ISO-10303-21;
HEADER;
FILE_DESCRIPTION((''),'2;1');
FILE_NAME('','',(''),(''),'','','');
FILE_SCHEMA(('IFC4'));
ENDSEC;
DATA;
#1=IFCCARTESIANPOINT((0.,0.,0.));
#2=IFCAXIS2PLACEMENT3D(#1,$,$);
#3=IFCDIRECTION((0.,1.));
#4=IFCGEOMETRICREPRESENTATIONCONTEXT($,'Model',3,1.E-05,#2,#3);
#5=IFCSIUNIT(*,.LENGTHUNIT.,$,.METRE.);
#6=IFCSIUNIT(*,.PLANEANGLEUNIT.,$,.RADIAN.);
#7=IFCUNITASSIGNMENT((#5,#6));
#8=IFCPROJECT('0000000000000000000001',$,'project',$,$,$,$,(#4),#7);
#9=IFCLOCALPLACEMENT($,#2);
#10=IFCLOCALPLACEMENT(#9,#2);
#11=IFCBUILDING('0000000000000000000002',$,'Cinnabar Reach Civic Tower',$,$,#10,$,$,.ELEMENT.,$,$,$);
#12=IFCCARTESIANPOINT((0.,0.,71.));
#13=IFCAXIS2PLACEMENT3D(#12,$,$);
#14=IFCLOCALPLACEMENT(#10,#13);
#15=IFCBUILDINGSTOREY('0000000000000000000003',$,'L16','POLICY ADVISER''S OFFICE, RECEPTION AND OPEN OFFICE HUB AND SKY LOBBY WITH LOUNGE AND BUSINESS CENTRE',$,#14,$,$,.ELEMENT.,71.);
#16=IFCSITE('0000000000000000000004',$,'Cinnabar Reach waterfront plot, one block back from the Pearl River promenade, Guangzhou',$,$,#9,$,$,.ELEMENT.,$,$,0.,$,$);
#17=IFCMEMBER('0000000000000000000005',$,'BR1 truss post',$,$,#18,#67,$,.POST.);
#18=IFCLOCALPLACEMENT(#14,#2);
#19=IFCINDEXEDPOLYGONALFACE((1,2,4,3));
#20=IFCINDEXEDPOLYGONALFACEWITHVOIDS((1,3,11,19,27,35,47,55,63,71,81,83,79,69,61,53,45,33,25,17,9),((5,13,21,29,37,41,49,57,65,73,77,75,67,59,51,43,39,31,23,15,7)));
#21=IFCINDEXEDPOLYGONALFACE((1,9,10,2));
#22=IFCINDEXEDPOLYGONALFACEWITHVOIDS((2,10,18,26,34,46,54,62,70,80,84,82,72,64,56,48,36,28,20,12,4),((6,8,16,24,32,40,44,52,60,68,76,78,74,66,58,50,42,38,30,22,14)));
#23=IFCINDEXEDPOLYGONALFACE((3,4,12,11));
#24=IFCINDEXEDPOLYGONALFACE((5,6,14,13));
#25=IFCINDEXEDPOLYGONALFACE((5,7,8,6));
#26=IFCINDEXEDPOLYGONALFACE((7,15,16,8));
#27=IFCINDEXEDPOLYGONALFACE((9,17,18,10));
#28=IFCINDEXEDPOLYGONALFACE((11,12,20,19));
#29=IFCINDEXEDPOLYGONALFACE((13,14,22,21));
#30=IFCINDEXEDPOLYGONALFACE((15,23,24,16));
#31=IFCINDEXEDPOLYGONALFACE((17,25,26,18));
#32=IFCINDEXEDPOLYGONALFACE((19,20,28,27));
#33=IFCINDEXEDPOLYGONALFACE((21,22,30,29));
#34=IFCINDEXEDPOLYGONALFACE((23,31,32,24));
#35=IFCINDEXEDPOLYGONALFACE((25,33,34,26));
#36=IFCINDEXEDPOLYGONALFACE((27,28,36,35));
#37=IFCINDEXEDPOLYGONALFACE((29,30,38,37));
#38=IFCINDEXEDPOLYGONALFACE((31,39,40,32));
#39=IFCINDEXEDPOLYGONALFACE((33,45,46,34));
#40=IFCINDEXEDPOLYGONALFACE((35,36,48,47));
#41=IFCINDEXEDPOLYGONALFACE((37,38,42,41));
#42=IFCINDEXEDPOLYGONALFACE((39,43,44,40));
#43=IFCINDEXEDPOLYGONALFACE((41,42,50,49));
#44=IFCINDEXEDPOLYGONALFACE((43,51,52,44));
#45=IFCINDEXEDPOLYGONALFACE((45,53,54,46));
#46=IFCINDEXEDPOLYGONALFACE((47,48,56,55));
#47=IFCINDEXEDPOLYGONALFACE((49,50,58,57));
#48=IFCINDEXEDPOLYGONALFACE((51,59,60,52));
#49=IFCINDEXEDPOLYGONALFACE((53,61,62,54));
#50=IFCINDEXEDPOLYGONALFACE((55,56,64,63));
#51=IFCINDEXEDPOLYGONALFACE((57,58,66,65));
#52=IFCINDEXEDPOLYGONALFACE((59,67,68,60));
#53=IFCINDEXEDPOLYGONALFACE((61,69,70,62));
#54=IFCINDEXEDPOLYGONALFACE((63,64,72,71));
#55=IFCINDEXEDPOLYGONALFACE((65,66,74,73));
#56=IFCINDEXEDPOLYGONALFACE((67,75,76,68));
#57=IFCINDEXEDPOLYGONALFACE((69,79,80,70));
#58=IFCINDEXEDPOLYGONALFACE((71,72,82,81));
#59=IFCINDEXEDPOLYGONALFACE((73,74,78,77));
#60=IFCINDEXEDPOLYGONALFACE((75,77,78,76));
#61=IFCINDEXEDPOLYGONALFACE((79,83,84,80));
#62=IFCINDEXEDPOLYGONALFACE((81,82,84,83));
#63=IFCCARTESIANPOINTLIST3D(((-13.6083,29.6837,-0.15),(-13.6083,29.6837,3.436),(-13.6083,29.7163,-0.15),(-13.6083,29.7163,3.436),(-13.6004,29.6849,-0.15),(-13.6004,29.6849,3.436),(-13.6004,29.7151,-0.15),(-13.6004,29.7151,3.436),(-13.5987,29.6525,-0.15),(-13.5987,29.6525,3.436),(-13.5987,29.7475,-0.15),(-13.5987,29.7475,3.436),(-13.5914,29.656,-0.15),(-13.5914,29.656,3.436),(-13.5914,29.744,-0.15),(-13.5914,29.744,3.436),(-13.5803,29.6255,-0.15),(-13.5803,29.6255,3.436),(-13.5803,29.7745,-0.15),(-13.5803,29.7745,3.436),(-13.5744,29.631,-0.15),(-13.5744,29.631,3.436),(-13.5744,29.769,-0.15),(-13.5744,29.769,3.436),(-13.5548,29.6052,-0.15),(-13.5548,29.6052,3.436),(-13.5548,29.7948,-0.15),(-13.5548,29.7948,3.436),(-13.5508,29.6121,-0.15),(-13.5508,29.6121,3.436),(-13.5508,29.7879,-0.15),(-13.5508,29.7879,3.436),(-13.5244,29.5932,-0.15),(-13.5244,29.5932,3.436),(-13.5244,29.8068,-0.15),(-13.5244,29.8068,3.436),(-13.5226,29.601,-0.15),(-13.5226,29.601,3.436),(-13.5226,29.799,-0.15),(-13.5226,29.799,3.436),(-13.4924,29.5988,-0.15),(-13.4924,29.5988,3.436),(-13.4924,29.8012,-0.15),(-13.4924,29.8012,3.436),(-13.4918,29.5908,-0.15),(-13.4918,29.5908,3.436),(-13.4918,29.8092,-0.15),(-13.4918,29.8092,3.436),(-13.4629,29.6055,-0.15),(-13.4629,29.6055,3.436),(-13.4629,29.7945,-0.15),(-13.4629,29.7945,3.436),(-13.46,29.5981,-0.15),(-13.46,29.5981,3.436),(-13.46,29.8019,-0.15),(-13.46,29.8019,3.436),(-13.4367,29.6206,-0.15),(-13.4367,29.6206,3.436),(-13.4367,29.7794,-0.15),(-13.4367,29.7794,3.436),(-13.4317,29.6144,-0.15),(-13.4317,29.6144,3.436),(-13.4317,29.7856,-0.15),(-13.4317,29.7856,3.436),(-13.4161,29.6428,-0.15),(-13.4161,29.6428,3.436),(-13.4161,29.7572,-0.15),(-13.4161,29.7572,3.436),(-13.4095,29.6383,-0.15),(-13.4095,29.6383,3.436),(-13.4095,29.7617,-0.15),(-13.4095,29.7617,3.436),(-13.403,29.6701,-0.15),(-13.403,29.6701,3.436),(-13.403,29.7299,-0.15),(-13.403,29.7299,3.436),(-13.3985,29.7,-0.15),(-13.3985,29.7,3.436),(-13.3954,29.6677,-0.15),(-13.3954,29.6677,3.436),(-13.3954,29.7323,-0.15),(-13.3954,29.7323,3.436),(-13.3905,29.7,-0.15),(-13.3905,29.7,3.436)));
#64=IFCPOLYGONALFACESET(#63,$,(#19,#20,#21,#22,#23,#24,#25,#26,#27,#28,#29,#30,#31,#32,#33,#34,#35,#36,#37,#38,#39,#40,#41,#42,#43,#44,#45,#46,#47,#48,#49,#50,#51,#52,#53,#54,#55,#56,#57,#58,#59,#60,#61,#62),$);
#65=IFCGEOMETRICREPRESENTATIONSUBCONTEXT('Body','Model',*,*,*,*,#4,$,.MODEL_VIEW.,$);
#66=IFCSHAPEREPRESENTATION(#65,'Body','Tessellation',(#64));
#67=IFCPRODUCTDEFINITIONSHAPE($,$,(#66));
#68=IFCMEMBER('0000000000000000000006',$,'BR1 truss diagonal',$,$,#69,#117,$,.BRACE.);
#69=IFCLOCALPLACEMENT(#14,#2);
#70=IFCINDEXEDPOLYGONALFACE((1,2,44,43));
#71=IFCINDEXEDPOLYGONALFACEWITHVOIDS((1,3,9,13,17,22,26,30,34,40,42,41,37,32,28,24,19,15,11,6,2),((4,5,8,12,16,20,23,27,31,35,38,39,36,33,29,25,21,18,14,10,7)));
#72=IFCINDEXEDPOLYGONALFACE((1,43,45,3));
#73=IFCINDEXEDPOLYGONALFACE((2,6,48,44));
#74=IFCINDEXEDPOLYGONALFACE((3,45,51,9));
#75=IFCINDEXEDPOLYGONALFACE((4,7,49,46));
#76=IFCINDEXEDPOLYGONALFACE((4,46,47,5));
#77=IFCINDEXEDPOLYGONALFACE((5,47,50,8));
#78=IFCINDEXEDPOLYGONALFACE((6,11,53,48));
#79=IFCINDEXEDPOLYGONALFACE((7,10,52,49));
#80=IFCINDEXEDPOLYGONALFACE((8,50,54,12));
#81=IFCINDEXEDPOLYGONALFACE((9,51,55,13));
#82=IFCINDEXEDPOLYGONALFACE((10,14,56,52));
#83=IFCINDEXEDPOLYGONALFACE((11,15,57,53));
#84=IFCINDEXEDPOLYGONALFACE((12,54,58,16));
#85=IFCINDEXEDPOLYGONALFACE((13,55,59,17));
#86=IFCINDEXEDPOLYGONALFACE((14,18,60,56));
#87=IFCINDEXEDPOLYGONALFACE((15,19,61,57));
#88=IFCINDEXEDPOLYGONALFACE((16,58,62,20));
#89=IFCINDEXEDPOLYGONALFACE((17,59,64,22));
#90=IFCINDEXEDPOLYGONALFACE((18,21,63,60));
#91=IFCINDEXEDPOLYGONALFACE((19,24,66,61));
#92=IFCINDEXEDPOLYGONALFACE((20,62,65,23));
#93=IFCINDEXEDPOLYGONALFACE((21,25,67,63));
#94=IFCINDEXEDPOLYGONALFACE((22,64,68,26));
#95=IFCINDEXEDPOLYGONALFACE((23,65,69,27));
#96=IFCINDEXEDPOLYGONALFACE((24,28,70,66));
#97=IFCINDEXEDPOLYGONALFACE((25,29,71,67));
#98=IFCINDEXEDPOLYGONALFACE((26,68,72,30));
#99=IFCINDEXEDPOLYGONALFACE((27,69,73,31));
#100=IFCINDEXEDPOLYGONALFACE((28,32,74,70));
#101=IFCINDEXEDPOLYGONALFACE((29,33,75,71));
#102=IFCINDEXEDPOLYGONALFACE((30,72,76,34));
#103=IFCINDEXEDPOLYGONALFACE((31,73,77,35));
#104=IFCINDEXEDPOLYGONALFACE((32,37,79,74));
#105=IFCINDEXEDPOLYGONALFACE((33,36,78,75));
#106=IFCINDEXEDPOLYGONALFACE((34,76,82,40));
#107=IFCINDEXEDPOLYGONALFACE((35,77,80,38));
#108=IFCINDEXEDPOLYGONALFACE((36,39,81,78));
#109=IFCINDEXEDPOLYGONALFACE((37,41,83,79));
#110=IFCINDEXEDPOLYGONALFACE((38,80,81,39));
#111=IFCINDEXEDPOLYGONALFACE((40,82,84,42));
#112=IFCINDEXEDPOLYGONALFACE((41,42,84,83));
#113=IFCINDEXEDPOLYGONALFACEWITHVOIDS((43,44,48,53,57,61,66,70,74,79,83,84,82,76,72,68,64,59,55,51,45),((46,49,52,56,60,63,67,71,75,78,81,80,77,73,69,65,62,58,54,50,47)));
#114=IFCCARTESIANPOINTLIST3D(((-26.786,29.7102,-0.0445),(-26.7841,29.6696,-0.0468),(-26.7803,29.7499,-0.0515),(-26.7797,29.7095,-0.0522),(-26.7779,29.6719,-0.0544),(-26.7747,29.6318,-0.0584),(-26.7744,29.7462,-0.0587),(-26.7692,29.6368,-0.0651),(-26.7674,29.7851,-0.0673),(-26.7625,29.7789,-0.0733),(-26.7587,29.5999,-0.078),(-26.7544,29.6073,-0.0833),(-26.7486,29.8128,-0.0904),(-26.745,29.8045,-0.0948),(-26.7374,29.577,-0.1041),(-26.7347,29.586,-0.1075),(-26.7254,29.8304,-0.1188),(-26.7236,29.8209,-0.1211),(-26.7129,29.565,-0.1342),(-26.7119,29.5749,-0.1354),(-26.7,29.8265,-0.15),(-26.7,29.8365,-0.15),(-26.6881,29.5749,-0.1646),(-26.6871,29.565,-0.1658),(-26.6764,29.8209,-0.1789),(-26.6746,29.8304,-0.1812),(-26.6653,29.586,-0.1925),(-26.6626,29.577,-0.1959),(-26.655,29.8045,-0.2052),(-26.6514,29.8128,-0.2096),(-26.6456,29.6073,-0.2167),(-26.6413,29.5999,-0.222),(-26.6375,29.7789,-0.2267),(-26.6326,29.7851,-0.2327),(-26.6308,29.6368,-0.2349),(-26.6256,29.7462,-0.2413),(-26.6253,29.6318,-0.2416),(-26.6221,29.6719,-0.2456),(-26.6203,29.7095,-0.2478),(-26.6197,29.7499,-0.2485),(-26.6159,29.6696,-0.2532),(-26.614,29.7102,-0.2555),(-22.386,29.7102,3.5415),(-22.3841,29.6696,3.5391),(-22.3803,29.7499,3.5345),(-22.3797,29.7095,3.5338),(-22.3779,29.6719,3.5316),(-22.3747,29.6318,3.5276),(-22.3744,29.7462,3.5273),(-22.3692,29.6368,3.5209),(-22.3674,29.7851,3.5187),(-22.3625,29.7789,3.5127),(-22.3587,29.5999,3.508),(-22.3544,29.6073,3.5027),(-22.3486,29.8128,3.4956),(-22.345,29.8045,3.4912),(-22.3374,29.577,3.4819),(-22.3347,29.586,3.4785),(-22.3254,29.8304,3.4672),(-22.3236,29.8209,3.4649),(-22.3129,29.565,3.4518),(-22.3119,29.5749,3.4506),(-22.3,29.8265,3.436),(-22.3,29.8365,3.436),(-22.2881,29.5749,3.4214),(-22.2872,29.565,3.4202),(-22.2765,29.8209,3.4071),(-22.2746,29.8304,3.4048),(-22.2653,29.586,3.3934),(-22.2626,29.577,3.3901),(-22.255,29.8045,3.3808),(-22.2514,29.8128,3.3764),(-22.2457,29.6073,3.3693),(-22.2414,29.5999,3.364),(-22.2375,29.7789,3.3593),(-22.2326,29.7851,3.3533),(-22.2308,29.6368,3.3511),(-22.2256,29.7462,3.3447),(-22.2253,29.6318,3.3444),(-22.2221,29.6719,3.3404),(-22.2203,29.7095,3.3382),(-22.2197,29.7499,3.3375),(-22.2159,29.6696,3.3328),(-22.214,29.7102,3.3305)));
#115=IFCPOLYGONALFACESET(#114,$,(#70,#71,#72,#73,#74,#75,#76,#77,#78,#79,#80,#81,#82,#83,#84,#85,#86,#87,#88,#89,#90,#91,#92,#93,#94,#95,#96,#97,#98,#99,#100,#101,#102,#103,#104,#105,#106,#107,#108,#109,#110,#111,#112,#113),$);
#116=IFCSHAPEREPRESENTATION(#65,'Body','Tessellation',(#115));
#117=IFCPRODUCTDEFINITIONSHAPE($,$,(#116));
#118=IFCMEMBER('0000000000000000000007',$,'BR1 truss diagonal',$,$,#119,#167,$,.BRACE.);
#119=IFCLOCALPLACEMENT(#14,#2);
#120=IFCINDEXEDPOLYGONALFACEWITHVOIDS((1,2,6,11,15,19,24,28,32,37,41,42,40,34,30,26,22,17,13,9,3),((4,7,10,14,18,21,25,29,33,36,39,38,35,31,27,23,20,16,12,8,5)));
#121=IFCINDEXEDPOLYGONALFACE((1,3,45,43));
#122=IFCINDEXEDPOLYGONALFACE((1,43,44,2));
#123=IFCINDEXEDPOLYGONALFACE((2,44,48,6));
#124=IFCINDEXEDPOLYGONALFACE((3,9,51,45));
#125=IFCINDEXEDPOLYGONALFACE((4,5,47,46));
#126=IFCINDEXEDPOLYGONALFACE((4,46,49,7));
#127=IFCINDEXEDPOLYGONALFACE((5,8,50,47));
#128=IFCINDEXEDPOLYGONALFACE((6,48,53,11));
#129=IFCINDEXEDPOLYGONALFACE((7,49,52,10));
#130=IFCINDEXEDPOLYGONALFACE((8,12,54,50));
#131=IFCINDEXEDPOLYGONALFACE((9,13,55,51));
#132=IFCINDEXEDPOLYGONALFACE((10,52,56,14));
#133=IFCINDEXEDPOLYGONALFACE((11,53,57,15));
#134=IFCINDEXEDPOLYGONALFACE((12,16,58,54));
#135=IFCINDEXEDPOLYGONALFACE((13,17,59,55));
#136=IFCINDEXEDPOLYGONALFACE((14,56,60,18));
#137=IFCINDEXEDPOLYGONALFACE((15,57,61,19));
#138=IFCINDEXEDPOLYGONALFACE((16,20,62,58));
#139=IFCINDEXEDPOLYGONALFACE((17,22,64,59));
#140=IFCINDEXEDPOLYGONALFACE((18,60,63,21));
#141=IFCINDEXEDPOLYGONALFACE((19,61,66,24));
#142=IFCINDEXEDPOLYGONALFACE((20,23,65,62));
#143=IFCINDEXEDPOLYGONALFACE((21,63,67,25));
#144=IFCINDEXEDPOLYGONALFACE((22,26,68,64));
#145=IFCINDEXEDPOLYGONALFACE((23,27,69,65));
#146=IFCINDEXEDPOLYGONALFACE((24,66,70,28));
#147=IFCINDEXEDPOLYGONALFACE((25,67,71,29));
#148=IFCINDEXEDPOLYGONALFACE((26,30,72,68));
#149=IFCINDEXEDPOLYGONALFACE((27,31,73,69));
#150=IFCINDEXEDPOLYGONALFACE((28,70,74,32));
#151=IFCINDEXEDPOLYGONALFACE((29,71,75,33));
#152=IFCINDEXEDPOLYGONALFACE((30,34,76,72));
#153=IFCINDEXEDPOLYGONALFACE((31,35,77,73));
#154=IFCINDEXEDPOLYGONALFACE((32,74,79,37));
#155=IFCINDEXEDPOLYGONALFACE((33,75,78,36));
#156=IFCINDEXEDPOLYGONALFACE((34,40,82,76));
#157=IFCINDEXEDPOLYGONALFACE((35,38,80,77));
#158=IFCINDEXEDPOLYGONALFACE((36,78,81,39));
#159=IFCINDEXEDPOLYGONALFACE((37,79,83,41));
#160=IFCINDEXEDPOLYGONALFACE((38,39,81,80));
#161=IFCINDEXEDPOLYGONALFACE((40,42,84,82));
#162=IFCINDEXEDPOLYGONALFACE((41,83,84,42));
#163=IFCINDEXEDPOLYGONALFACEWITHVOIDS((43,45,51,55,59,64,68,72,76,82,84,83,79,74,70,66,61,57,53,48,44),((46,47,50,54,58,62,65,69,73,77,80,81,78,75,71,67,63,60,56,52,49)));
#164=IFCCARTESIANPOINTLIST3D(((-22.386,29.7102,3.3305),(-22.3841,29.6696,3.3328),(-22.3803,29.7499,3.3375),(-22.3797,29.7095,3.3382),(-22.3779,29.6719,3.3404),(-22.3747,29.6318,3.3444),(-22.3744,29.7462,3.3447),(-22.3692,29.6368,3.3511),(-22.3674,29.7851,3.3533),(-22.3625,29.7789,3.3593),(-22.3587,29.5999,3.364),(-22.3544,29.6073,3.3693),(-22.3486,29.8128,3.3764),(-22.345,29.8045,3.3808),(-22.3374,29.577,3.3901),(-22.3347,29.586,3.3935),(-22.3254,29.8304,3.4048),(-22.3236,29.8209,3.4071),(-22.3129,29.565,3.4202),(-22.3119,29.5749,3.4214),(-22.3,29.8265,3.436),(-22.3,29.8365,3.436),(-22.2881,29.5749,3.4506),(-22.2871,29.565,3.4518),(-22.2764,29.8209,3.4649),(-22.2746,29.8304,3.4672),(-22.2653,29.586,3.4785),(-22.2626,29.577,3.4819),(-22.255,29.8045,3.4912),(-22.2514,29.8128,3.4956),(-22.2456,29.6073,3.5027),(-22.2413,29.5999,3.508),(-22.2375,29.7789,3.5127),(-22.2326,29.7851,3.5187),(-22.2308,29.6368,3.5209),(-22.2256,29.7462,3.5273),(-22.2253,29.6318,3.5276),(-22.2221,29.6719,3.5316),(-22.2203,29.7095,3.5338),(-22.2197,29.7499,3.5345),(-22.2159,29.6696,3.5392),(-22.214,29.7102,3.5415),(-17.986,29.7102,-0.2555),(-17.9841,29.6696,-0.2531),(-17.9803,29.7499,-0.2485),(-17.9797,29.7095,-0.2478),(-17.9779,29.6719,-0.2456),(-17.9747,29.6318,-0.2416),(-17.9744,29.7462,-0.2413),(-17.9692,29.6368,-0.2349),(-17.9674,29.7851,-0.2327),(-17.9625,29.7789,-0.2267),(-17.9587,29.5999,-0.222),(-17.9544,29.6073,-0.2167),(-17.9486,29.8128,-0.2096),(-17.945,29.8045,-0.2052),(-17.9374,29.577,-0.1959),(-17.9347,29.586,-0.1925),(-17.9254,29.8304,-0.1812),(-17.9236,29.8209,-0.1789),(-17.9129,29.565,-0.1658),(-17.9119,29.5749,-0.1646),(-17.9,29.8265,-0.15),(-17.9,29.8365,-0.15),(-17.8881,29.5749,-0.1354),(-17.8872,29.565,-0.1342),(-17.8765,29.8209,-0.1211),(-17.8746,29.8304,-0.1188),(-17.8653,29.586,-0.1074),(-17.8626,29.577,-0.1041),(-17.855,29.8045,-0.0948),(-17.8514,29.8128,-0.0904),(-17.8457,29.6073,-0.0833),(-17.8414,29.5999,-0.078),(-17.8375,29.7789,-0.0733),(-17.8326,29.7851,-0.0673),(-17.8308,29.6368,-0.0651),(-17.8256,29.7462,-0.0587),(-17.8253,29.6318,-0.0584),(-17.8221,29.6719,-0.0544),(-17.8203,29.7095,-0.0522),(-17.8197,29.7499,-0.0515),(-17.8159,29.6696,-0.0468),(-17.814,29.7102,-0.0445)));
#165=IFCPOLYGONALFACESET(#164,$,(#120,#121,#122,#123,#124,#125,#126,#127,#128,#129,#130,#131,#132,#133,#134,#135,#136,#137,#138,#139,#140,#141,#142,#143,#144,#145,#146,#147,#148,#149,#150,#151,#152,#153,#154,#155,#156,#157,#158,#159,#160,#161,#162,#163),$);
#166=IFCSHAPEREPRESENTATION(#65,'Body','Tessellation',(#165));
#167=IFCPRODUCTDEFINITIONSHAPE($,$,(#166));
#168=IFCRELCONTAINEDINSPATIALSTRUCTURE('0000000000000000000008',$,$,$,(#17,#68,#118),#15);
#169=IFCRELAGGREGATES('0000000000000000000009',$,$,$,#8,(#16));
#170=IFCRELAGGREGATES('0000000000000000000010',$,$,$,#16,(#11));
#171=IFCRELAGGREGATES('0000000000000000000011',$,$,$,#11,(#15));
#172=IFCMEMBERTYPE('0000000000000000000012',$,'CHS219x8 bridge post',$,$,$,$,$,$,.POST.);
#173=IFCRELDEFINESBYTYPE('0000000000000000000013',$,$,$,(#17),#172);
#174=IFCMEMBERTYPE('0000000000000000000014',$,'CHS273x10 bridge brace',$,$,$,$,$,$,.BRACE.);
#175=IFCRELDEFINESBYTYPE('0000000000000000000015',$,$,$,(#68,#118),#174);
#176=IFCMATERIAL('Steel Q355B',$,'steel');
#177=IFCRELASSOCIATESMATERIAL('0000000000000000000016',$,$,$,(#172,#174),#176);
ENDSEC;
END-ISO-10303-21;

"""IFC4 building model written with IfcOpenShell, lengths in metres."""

from ifc_helpers import new_model, si_unit, direction, frame, origin, origin_2d, place, context, subcontext, project, spatial, hollow_circle, extrude, material, material_profile, profile_set, type_object, element, save


model = new_model("IFC4")

# Units and contexts
model_context = context("Model", 3, precision=1e-05, world=origin(), true_north=direction((0.0, 1.0)))
body_context = subcontext(model_context, "Body", "Model", "MODEL_VIEW")
ifc_project = project(units=[si_unit("LENGTHUNIT", "METRE"), si_unit("PLANEANGLEUNIT", "RADIAN")], contexts=[model_context])

# Site, building, storey
site_placement = place(None, origin())
site = spatial("IfcSite", under=ifc_project, at=site_placement, Name="Cinnabar Reach waterfront plot, one block back from the Pearl River promenade, Guangzhou", CompositionType="ELEMENT", RefElevation=0.0)
building_placement = place(site_placement, origin())
building = spatial("IfcBuilding", under=site, at=building_placement, Name="Cinnabar Reach Civic Tower", CompositionType="ELEMENT")
storey_placement = place(building_placement, frame((0.0, 0.0, 71.0)))
storey = spatial("IfcBuildingStorey", under=building, at=storey_placement, Name="L16", Description="POLICY ADVISER'S OFFICE, RECEPTION AND OPEN OFFICE HUB AND SKY LOBBY WITH LOUNGE AND BUSINESS CENTRE", CompositionType="ELEMENT", Elevation=71.0)

# Members
ifc_material_1 = material(Name="Steel Q355B", Category="steel")
ifc_material_profile_1 = material_profile(ifc_material_1, hollow_circle(Radius=0.1095, WallThickness=0.008, at=origin_2d()), Name="CHS219x8")
ifc_profile_set_1 = profile_set([ifc_material_profile_1], Name="Steel Q355B")
member_type_1 = type_object("IfcMemberType", Name="CHS219x8 bridge post", PredefinedType="POST", material=ifc_profile_set_1)
for number, where, z_axis, x_axis, name in (
    (1, (-13.5, 29.7, -0.15), (0.0, 0.0, 1.0), (1.0, 0.0, 0.0), "BR1 truss post"),
):
    element("IfcMember", number, at=place(storey_placement, frame(where, z_axis=z_axis, x_axis=x_axis)), inside=storey, type_object=member_type_1, Name=name, PredefinedType="POST", context=body_context, shape_type="SweptSolid", body=[
        extrude(hollow_circle(Radius=0.1095, WallThickness=0.008, at=origin_2d()), origin(), (0.0, 0.0, 1.0), 3.586),
    ])
ifc_material_profile_2 = material_profile(ifc_material_1, hollow_circle(Radius=0.1365, WallThickness=0.01, at=origin_2d()), Name="CHS273x10")
ifc_profile_set_2 = profile_set([ifc_material_profile_2], Name="Steel Q355B")
member_type_2 = type_object("IfcMemberType", Name="CHS273x10 bridge brace", PredefinedType="BRACE", material=ifc_profile_set_2)
for number, where, z_axis, x_axis, name in (
    (2, (-26.7, 29.7, -0.15), (0.775165, 0.0, 0.631759), (0.0, 1.0, 0.0), "BR1 truss diagonal"),
    (3, (-22.3, 29.7, 3.436), (0.775165, 0.0, -0.631759), (0.0, 1.0, 0.0), "BR1 truss diagonal"),
):
    element("IfcMember", number, at=place(storey_placement, frame(where, z_axis=z_axis, x_axis=x_axis)), inside=storey, type_object=member_type_2, Name=name, PredefinedType="BRACE", context=body_context, shape_type="SweptSolid", body=[
        extrude(hollow_circle(Radius=0.1365, WallThickness=0.01, at=origin_2d()), origin(), (0.0, 0.0, 1.0), 5.6762),
    ])

save(model, "model.ifc")
